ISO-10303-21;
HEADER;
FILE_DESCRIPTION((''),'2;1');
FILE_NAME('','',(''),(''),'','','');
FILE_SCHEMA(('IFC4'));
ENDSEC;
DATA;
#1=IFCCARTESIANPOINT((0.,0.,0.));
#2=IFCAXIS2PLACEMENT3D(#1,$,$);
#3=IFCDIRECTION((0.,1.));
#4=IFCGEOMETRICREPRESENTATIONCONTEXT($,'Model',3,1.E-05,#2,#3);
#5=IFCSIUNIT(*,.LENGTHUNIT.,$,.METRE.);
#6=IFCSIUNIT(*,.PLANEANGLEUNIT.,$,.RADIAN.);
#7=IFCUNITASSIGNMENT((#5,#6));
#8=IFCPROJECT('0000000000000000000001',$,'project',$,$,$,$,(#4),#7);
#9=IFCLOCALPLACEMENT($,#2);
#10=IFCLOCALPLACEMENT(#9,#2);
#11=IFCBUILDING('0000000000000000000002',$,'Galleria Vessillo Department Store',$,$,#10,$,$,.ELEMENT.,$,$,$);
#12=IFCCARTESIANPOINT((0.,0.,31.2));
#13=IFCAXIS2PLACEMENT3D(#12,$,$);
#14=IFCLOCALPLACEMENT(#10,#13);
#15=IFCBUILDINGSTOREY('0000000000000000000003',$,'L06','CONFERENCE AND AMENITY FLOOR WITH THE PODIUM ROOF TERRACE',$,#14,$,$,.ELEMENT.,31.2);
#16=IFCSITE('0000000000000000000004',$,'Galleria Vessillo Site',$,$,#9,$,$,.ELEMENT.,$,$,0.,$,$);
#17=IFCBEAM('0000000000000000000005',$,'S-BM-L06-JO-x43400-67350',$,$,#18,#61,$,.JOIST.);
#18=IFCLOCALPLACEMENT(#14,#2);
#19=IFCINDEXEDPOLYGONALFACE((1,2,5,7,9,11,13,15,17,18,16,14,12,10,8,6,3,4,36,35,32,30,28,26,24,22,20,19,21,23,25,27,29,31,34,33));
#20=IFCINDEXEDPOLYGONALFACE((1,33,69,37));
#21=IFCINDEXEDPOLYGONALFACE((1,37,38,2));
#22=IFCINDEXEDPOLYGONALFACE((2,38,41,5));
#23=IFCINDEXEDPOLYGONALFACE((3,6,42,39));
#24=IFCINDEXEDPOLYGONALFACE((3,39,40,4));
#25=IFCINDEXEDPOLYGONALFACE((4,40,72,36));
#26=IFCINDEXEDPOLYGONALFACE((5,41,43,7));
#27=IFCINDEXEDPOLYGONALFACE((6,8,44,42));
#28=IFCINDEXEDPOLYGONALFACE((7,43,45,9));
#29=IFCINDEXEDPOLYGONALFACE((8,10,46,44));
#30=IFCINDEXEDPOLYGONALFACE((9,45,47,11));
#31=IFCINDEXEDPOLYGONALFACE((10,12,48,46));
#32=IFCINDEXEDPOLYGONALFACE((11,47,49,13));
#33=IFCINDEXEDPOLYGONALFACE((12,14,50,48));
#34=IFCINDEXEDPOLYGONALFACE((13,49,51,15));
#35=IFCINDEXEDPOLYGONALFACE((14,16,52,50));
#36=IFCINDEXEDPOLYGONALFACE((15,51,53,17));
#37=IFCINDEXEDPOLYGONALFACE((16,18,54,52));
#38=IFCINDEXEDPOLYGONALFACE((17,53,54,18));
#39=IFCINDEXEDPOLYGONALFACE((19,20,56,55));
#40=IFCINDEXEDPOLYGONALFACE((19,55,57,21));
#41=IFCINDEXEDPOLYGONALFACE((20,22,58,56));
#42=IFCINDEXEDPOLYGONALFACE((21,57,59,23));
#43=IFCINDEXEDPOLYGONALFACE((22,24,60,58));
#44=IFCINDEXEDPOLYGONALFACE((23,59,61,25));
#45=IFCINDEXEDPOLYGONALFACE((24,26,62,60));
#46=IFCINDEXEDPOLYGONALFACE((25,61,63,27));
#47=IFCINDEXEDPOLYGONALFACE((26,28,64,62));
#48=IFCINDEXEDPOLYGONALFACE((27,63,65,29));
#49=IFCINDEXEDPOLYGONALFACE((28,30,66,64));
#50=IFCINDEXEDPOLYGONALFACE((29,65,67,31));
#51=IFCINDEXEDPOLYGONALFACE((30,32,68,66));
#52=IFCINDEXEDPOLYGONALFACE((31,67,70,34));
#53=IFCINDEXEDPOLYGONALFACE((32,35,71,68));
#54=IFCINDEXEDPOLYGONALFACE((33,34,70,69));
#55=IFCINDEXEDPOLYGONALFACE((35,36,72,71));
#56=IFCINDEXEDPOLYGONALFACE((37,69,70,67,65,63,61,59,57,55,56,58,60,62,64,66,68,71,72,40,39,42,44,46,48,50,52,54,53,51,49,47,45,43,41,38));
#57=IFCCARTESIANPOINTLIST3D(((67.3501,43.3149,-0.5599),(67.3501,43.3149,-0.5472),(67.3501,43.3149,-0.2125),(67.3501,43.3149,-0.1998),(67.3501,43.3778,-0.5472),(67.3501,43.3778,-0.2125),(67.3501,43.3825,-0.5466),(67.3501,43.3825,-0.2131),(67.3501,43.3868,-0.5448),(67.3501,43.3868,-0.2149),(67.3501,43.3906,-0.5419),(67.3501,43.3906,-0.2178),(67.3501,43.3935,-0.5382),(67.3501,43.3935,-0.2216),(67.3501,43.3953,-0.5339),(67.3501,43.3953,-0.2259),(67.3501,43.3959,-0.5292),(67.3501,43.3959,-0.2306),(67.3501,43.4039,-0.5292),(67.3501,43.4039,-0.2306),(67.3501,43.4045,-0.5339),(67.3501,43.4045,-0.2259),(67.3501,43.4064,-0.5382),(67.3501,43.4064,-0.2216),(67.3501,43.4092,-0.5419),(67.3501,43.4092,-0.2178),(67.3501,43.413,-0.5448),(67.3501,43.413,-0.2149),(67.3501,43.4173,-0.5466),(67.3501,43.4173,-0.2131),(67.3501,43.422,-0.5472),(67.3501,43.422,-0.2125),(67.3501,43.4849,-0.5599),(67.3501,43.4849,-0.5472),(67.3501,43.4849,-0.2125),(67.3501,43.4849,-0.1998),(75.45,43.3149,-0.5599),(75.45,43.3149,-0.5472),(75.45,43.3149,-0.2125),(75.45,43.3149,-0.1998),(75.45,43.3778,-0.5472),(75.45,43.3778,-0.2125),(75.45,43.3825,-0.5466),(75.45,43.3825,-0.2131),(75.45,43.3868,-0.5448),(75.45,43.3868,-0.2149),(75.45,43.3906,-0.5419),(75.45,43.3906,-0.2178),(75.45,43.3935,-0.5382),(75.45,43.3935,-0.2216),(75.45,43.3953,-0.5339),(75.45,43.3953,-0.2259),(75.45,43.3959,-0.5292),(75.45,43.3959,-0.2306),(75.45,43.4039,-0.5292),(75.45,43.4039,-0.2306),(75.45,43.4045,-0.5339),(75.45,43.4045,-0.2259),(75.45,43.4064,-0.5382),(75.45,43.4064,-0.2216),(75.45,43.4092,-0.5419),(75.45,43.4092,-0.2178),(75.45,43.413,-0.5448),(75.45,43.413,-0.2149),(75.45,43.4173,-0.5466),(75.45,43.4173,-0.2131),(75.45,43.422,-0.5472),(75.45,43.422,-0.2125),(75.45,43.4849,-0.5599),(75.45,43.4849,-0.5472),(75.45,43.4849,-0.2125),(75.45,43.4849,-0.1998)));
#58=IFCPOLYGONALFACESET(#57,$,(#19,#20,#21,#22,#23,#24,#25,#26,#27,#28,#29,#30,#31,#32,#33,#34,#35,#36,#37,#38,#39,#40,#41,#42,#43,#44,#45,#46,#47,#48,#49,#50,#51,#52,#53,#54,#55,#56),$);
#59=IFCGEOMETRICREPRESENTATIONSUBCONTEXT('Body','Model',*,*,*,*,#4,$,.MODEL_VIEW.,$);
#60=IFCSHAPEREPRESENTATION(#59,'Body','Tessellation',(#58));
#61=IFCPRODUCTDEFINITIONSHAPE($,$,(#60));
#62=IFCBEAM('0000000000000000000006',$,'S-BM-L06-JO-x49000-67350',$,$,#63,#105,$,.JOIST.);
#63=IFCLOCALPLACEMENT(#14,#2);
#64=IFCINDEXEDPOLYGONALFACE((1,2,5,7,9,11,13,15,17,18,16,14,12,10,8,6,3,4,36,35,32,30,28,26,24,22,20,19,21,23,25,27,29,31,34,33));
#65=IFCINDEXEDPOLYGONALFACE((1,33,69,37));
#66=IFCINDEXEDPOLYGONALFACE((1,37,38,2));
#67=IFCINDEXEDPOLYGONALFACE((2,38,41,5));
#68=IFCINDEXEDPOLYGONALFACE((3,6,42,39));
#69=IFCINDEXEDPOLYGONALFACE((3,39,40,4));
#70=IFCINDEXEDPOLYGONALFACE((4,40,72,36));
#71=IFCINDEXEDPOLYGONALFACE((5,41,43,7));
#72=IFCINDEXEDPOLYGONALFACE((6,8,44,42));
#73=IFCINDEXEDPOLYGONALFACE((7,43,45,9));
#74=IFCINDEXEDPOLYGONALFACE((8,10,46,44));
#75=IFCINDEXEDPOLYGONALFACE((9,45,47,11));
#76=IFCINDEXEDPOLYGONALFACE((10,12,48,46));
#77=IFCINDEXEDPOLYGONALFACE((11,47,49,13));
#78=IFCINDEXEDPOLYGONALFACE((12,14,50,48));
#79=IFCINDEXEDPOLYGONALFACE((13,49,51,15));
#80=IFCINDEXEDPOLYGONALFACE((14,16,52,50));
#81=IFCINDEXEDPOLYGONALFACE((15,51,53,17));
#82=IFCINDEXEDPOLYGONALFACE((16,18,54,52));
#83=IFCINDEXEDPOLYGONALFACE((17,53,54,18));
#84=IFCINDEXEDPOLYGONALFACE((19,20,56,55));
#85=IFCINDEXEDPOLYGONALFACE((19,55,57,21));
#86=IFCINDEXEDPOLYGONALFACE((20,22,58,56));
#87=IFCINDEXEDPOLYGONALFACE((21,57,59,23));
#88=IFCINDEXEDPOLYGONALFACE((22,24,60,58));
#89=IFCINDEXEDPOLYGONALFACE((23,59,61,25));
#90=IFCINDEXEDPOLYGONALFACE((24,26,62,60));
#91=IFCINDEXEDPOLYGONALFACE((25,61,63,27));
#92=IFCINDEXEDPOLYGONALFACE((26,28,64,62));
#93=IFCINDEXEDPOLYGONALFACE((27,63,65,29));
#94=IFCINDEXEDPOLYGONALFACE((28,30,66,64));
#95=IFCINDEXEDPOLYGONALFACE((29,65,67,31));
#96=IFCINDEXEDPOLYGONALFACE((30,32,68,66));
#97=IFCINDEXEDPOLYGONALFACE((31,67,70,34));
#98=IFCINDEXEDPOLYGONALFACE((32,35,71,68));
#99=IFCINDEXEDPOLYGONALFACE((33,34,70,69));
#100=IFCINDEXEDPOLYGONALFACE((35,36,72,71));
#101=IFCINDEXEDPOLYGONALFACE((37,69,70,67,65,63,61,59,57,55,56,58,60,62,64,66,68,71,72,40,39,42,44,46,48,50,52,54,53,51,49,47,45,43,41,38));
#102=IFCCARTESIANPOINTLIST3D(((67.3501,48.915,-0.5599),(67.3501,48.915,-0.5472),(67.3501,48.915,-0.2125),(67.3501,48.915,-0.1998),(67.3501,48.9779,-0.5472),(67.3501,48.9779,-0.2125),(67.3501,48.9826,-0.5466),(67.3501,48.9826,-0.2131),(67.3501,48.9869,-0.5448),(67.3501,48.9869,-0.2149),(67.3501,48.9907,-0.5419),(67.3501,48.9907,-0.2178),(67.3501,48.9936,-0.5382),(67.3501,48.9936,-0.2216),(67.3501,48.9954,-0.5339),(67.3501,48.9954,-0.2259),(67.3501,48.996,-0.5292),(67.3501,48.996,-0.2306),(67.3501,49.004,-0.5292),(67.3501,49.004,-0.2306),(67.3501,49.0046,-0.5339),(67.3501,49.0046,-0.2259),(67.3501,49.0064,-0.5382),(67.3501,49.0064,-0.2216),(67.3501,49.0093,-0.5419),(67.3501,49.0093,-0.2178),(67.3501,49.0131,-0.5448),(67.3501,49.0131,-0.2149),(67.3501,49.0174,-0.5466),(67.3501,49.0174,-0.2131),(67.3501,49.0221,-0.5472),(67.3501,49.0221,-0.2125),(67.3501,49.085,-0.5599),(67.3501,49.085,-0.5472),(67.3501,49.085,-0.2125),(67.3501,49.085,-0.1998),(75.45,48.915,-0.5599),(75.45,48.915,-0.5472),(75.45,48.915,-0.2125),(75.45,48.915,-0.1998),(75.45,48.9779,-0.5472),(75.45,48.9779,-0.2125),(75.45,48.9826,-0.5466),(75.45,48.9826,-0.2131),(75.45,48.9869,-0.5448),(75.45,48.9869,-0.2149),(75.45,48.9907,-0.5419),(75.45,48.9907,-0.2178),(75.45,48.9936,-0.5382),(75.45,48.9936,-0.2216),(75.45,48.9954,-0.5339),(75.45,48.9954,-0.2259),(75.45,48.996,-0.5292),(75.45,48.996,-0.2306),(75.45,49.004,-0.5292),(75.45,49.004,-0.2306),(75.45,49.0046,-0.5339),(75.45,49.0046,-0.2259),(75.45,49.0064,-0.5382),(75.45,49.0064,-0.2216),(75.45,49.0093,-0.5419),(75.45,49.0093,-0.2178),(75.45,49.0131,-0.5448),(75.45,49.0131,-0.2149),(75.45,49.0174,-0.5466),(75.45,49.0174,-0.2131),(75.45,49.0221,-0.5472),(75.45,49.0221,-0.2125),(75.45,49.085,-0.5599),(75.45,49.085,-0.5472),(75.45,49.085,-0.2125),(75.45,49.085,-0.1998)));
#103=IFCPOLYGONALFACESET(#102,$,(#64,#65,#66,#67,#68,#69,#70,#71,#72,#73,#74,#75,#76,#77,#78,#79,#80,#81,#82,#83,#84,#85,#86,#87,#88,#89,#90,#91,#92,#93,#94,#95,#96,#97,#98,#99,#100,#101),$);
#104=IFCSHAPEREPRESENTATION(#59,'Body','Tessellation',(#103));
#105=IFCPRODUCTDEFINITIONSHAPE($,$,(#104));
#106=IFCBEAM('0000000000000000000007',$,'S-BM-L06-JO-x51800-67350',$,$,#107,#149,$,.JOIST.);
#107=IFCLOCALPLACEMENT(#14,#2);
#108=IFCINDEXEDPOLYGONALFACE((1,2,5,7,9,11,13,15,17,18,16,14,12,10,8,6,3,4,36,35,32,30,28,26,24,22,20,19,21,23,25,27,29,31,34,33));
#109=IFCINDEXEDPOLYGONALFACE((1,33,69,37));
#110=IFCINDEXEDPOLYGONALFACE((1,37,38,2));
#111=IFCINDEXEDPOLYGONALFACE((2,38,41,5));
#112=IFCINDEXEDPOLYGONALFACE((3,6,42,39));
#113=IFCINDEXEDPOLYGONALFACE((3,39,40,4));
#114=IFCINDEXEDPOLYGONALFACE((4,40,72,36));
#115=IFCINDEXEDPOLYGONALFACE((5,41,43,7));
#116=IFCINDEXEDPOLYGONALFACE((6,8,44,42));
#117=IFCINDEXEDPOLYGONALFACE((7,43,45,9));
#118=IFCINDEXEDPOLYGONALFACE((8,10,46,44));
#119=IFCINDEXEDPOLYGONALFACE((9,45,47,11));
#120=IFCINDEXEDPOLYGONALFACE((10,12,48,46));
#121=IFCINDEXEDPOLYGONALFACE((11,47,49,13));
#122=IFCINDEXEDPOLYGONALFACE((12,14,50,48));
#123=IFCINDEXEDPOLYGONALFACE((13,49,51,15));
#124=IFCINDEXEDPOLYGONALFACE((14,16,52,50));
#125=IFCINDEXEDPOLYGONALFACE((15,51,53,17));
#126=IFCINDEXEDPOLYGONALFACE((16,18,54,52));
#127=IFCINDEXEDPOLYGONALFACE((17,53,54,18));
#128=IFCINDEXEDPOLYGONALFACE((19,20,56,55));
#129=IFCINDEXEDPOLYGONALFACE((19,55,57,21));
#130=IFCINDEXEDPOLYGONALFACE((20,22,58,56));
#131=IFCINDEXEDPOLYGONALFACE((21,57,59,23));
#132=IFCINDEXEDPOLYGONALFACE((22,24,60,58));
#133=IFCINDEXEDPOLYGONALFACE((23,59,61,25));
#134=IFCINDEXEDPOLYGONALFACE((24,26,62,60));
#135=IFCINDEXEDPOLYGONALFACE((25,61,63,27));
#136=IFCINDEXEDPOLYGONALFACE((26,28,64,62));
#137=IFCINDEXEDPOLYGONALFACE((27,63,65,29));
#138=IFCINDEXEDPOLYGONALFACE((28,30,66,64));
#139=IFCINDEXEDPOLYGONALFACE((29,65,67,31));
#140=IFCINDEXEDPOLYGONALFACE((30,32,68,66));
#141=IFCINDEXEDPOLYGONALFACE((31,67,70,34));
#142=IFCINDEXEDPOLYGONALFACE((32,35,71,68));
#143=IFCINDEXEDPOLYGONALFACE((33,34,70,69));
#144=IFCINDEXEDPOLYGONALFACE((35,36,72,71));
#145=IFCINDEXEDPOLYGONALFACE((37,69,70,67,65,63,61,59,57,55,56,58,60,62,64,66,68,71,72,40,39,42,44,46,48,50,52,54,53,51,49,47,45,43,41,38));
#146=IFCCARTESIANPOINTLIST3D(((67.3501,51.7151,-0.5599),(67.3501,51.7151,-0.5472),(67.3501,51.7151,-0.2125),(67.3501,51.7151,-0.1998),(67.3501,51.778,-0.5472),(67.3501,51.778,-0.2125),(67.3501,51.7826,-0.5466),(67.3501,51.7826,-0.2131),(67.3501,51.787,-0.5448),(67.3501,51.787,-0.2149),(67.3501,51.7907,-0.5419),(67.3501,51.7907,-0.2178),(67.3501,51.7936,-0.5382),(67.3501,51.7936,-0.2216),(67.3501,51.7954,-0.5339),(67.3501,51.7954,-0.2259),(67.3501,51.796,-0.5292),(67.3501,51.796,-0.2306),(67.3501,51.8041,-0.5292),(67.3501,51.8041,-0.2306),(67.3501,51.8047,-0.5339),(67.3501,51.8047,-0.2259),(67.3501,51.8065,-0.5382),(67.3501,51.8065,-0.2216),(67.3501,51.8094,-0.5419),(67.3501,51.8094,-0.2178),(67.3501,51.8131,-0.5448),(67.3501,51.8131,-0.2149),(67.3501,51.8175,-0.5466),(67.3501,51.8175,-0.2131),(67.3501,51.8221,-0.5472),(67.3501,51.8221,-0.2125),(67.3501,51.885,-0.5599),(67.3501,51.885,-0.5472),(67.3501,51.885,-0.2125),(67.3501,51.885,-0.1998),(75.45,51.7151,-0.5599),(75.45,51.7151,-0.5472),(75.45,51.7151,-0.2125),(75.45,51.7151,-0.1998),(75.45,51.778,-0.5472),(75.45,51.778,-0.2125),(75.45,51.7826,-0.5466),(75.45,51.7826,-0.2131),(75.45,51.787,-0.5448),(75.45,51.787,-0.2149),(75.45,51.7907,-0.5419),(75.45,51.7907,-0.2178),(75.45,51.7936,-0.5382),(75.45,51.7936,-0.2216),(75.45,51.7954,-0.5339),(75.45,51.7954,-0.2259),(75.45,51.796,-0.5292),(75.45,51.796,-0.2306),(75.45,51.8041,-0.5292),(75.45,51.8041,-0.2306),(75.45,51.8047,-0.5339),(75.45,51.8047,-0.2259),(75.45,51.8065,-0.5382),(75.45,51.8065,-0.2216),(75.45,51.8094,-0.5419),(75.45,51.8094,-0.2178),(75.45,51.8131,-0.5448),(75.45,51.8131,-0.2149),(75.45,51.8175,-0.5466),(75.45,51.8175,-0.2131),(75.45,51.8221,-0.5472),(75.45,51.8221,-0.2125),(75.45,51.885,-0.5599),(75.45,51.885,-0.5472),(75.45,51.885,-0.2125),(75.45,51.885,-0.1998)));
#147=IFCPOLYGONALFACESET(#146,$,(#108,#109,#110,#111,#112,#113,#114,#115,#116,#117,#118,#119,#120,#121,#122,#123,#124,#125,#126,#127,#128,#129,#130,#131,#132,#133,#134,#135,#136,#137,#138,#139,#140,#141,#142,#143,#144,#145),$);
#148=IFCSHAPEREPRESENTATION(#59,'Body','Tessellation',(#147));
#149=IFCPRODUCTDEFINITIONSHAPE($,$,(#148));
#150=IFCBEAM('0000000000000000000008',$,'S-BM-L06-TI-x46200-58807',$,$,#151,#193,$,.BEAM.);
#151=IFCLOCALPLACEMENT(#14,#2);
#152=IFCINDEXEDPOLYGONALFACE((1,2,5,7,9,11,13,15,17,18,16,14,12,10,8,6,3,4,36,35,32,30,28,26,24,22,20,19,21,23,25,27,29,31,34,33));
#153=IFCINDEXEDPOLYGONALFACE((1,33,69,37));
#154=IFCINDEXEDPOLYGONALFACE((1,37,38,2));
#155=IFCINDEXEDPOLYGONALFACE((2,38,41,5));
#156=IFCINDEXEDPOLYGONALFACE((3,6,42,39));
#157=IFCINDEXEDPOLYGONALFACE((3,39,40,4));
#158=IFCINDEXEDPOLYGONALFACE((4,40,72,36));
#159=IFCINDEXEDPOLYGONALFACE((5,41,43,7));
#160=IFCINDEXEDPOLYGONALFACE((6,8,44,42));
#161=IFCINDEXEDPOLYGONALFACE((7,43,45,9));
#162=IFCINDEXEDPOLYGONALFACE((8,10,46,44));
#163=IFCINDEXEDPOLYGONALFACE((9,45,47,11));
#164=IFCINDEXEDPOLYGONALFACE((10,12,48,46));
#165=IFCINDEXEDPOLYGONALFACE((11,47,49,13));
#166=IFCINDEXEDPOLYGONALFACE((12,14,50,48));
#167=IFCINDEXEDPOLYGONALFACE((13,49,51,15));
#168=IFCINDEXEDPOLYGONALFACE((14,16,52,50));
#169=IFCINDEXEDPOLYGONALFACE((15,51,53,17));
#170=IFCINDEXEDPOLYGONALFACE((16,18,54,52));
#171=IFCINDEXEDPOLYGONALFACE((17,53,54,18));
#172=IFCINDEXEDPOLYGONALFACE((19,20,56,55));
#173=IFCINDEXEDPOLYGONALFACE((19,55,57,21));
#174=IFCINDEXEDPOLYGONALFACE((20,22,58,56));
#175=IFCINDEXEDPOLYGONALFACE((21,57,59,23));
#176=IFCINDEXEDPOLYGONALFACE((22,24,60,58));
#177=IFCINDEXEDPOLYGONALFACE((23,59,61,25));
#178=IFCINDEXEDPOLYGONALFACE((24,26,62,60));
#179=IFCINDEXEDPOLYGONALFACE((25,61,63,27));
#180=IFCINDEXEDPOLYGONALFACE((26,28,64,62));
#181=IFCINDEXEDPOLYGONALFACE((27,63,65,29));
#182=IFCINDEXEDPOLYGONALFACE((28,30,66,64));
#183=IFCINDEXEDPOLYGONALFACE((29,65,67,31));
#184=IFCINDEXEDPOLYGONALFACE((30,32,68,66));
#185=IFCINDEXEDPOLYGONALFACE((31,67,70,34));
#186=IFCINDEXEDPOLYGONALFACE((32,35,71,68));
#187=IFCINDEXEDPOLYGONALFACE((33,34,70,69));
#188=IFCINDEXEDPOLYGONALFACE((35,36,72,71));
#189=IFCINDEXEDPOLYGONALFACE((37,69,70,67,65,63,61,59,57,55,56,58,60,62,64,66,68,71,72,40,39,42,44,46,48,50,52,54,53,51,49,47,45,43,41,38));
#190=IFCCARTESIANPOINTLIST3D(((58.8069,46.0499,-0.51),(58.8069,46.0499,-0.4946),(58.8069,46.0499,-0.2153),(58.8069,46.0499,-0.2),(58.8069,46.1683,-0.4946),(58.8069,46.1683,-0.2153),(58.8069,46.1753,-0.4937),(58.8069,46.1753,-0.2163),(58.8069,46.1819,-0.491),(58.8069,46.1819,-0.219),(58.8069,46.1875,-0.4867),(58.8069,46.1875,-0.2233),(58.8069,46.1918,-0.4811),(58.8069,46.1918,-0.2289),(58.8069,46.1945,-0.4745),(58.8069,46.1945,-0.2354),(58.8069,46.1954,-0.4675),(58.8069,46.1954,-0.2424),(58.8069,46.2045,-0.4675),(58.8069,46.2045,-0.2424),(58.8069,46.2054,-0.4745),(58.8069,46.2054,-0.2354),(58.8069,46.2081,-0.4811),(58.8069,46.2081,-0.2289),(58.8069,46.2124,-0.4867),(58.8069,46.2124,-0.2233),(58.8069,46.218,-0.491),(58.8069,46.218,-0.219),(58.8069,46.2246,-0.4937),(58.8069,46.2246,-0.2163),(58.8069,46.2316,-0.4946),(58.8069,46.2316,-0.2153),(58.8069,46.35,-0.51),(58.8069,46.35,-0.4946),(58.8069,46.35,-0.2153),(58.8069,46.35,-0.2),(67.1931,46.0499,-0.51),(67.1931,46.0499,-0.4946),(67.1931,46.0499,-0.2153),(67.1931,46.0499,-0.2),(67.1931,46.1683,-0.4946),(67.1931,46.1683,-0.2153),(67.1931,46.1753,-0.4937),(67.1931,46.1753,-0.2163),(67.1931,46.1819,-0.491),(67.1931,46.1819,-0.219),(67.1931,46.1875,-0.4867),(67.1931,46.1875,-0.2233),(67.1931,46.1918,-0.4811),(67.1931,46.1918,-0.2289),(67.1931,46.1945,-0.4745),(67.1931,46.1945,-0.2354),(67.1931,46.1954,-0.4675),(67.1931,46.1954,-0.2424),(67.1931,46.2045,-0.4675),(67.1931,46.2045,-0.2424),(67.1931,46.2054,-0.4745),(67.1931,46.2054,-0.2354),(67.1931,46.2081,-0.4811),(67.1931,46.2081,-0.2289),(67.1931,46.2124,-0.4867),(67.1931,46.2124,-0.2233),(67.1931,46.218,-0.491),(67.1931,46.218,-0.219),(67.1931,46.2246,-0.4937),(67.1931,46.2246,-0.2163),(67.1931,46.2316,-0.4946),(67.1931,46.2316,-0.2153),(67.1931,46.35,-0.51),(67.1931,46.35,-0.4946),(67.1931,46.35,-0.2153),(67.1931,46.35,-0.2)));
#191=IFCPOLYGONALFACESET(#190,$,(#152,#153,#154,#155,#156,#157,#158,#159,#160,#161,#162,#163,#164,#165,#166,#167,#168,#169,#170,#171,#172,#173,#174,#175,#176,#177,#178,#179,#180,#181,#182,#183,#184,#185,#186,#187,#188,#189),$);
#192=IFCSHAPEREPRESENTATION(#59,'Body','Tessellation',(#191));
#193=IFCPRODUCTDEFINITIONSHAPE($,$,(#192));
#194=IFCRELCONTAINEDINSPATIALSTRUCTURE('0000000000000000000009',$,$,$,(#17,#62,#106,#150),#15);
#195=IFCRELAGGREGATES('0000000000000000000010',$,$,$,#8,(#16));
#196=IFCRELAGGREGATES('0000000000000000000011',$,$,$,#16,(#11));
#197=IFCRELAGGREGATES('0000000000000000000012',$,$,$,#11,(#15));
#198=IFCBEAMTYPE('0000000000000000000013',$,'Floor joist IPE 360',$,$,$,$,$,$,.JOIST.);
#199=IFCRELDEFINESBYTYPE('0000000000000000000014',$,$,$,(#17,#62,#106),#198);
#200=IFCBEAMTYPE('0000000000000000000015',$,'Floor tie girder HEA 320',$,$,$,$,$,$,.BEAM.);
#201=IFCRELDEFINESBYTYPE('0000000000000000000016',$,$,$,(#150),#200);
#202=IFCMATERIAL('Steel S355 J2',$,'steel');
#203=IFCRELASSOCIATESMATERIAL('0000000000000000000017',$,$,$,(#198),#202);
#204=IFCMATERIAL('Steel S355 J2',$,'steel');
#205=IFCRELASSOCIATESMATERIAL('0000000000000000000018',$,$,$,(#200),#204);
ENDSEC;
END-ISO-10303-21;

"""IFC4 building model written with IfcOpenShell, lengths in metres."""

from ifc_helpers import new_model, si_unit, direction, frame, origin, origin_2d, place, context, subcontext, project, spatial, i_section, extrude, material, material_profile, profile_set, type_object, element, save


model = new_model("IFC4")

# Units and contexts
model_context = context("Model", 3, precision=1e-05, world=origin(), true_north=direction((0.0, 1.0)))
body_context = subcontext(model_context, "Body", "Model", "MODEL_VIEW")
ifc_project = project(units=[si_unit("LENGTHUNIT", "METRE"), si_unit("PLANEANGLEUNIT", "RADIAN")], contexts=[model_context])

# Site, building, storey
site_placement = place(None, origin())
site = spatial("IfcSite", under=ifc_project, at=site_placement, Name="Galleria Vessillo Site", CompositionType="ELEMENT", RefElevation=0.0)
building_placement = place(site_placement, origin())
building = spatial("IfcBuilding", under=site, at=building_placement, Name="Galleria Vessillo Department Store", CompositionType="ELEMENT")
storey_placement = place(building_placement, frame((0.0, 0.0, 31.2)))
storey = spatial("IfcBuildingStorey", under=building, at=storey_placement, Name="L06", Description="CONFERENCE AND AMENITY FLOOR WITH THE PODIUM ROOF TERRACE", CompositionType="ELEMENT", Elevation=31.2)

# Beams
ifc_material_1 = material(Name="Steel S355 J2", Category="steel")
ifc_material_profile_1 = material_profile(ifc_material_1, i_section(OverallWidth=0.1699, OverallDepth=0.3601, WebThickness=0.0081, FlangeThickness=0.0127, FilletRadius=0.0181, at=origin_2d()), Name="IPE 360")
ifc_profile_set_1 = profile_set([ifc_material_profile_1], Name="Steel S355 J2")
beam_type_1 = type_object("IfcBeamType", Name="Floor joist IPE 360", PredefinedType="JOIST", material=ifc_profile_set_1)
for number, where, z_axis, x_axis, name in (
    (1, (67.3501, 43.3999, -0.3799), (1.0, 0.0, 0.0), (0.0, 1.0, 0.0), "S-BM-L06-JO-x43400-67350"),
    (2, (67.3501, 49.0, -0.3799), (1.0, 0.0, 0.0), (0.0, 1.0, 0.0), "S-BM-L06-JO-x49000-67350"),
    (3, (67.3501, 51.8, -0.3799), (1.0, 0.0, 0.0), (0.0, 1.0, 0.0), "S-BM-L06-JO-x51800-67350"),
):
    element("IfcBeam", number, at=place(storey_placement, frame(where, z_axis=z_axis, x_axis=x_axis)), inside=storey, type_object=beam_type_1, Name=name, PredefinedType="JOIST", context=body_context, shape_type="SweptSolid", body=[
        extrude(i_section(OverallWidth=0.1699, OverallDepth=0.3601, WebThickness=0.0081, FlangeThickness=0.0127, FilletRadius=0.0181, at=origin_2d()), origin(), (0.0, 0.0, 1.0), 8.0999),
    ])
ifc_material_2 = material(Name="Steel S355 J2", Category="steel")
ifc_material_profile_2 = material_profile(ifc_material_2, i_section(OverallWidth=0.3, OverallDepth=0.3101, WebThickness=0.009, FlangeThickness=0.0154, FilletRadius=0.0271, at=origin_2d()), Name="HEA 320")
ifc_profile_set_2 = profile_set([ifc_material_profile_2], Name="Steel S355 J2")
beam_type_2 = type_object("IfcBeamType", Name="Floor tie girder HEA 320", PredefinedType="BEAM", material=ifc_profile_set_2)
for number, where, z_axis, x_axis, name in (
    (4, (58.8069, 46.2, -0.355), (1.0, 0.0, 0.0), (0.0, 1.0, 0.0), "S-BM-L06-TI-x46200-58807"),
):
    element("IfcBeam", number, at=place(storey_placement, frame(where, z_axis=z_axis, x_axis=x_axis)), inside=storey, type_object=beam_type_2, Name=name, PredefinedType="BEAM", context=body_context, shape_type="SweptSolid", body=[
        extrude(i_section(OverallWidth=0.3, OverallDepth=0.3101, WebThickness=0.009, FlangeThickness=0.0154, FilletRadius=0.0271, at=origin_2d()), origin(), (0.0, 0.0, 1.0), 8.3862),
    ])

save(model, "model.ifc")
